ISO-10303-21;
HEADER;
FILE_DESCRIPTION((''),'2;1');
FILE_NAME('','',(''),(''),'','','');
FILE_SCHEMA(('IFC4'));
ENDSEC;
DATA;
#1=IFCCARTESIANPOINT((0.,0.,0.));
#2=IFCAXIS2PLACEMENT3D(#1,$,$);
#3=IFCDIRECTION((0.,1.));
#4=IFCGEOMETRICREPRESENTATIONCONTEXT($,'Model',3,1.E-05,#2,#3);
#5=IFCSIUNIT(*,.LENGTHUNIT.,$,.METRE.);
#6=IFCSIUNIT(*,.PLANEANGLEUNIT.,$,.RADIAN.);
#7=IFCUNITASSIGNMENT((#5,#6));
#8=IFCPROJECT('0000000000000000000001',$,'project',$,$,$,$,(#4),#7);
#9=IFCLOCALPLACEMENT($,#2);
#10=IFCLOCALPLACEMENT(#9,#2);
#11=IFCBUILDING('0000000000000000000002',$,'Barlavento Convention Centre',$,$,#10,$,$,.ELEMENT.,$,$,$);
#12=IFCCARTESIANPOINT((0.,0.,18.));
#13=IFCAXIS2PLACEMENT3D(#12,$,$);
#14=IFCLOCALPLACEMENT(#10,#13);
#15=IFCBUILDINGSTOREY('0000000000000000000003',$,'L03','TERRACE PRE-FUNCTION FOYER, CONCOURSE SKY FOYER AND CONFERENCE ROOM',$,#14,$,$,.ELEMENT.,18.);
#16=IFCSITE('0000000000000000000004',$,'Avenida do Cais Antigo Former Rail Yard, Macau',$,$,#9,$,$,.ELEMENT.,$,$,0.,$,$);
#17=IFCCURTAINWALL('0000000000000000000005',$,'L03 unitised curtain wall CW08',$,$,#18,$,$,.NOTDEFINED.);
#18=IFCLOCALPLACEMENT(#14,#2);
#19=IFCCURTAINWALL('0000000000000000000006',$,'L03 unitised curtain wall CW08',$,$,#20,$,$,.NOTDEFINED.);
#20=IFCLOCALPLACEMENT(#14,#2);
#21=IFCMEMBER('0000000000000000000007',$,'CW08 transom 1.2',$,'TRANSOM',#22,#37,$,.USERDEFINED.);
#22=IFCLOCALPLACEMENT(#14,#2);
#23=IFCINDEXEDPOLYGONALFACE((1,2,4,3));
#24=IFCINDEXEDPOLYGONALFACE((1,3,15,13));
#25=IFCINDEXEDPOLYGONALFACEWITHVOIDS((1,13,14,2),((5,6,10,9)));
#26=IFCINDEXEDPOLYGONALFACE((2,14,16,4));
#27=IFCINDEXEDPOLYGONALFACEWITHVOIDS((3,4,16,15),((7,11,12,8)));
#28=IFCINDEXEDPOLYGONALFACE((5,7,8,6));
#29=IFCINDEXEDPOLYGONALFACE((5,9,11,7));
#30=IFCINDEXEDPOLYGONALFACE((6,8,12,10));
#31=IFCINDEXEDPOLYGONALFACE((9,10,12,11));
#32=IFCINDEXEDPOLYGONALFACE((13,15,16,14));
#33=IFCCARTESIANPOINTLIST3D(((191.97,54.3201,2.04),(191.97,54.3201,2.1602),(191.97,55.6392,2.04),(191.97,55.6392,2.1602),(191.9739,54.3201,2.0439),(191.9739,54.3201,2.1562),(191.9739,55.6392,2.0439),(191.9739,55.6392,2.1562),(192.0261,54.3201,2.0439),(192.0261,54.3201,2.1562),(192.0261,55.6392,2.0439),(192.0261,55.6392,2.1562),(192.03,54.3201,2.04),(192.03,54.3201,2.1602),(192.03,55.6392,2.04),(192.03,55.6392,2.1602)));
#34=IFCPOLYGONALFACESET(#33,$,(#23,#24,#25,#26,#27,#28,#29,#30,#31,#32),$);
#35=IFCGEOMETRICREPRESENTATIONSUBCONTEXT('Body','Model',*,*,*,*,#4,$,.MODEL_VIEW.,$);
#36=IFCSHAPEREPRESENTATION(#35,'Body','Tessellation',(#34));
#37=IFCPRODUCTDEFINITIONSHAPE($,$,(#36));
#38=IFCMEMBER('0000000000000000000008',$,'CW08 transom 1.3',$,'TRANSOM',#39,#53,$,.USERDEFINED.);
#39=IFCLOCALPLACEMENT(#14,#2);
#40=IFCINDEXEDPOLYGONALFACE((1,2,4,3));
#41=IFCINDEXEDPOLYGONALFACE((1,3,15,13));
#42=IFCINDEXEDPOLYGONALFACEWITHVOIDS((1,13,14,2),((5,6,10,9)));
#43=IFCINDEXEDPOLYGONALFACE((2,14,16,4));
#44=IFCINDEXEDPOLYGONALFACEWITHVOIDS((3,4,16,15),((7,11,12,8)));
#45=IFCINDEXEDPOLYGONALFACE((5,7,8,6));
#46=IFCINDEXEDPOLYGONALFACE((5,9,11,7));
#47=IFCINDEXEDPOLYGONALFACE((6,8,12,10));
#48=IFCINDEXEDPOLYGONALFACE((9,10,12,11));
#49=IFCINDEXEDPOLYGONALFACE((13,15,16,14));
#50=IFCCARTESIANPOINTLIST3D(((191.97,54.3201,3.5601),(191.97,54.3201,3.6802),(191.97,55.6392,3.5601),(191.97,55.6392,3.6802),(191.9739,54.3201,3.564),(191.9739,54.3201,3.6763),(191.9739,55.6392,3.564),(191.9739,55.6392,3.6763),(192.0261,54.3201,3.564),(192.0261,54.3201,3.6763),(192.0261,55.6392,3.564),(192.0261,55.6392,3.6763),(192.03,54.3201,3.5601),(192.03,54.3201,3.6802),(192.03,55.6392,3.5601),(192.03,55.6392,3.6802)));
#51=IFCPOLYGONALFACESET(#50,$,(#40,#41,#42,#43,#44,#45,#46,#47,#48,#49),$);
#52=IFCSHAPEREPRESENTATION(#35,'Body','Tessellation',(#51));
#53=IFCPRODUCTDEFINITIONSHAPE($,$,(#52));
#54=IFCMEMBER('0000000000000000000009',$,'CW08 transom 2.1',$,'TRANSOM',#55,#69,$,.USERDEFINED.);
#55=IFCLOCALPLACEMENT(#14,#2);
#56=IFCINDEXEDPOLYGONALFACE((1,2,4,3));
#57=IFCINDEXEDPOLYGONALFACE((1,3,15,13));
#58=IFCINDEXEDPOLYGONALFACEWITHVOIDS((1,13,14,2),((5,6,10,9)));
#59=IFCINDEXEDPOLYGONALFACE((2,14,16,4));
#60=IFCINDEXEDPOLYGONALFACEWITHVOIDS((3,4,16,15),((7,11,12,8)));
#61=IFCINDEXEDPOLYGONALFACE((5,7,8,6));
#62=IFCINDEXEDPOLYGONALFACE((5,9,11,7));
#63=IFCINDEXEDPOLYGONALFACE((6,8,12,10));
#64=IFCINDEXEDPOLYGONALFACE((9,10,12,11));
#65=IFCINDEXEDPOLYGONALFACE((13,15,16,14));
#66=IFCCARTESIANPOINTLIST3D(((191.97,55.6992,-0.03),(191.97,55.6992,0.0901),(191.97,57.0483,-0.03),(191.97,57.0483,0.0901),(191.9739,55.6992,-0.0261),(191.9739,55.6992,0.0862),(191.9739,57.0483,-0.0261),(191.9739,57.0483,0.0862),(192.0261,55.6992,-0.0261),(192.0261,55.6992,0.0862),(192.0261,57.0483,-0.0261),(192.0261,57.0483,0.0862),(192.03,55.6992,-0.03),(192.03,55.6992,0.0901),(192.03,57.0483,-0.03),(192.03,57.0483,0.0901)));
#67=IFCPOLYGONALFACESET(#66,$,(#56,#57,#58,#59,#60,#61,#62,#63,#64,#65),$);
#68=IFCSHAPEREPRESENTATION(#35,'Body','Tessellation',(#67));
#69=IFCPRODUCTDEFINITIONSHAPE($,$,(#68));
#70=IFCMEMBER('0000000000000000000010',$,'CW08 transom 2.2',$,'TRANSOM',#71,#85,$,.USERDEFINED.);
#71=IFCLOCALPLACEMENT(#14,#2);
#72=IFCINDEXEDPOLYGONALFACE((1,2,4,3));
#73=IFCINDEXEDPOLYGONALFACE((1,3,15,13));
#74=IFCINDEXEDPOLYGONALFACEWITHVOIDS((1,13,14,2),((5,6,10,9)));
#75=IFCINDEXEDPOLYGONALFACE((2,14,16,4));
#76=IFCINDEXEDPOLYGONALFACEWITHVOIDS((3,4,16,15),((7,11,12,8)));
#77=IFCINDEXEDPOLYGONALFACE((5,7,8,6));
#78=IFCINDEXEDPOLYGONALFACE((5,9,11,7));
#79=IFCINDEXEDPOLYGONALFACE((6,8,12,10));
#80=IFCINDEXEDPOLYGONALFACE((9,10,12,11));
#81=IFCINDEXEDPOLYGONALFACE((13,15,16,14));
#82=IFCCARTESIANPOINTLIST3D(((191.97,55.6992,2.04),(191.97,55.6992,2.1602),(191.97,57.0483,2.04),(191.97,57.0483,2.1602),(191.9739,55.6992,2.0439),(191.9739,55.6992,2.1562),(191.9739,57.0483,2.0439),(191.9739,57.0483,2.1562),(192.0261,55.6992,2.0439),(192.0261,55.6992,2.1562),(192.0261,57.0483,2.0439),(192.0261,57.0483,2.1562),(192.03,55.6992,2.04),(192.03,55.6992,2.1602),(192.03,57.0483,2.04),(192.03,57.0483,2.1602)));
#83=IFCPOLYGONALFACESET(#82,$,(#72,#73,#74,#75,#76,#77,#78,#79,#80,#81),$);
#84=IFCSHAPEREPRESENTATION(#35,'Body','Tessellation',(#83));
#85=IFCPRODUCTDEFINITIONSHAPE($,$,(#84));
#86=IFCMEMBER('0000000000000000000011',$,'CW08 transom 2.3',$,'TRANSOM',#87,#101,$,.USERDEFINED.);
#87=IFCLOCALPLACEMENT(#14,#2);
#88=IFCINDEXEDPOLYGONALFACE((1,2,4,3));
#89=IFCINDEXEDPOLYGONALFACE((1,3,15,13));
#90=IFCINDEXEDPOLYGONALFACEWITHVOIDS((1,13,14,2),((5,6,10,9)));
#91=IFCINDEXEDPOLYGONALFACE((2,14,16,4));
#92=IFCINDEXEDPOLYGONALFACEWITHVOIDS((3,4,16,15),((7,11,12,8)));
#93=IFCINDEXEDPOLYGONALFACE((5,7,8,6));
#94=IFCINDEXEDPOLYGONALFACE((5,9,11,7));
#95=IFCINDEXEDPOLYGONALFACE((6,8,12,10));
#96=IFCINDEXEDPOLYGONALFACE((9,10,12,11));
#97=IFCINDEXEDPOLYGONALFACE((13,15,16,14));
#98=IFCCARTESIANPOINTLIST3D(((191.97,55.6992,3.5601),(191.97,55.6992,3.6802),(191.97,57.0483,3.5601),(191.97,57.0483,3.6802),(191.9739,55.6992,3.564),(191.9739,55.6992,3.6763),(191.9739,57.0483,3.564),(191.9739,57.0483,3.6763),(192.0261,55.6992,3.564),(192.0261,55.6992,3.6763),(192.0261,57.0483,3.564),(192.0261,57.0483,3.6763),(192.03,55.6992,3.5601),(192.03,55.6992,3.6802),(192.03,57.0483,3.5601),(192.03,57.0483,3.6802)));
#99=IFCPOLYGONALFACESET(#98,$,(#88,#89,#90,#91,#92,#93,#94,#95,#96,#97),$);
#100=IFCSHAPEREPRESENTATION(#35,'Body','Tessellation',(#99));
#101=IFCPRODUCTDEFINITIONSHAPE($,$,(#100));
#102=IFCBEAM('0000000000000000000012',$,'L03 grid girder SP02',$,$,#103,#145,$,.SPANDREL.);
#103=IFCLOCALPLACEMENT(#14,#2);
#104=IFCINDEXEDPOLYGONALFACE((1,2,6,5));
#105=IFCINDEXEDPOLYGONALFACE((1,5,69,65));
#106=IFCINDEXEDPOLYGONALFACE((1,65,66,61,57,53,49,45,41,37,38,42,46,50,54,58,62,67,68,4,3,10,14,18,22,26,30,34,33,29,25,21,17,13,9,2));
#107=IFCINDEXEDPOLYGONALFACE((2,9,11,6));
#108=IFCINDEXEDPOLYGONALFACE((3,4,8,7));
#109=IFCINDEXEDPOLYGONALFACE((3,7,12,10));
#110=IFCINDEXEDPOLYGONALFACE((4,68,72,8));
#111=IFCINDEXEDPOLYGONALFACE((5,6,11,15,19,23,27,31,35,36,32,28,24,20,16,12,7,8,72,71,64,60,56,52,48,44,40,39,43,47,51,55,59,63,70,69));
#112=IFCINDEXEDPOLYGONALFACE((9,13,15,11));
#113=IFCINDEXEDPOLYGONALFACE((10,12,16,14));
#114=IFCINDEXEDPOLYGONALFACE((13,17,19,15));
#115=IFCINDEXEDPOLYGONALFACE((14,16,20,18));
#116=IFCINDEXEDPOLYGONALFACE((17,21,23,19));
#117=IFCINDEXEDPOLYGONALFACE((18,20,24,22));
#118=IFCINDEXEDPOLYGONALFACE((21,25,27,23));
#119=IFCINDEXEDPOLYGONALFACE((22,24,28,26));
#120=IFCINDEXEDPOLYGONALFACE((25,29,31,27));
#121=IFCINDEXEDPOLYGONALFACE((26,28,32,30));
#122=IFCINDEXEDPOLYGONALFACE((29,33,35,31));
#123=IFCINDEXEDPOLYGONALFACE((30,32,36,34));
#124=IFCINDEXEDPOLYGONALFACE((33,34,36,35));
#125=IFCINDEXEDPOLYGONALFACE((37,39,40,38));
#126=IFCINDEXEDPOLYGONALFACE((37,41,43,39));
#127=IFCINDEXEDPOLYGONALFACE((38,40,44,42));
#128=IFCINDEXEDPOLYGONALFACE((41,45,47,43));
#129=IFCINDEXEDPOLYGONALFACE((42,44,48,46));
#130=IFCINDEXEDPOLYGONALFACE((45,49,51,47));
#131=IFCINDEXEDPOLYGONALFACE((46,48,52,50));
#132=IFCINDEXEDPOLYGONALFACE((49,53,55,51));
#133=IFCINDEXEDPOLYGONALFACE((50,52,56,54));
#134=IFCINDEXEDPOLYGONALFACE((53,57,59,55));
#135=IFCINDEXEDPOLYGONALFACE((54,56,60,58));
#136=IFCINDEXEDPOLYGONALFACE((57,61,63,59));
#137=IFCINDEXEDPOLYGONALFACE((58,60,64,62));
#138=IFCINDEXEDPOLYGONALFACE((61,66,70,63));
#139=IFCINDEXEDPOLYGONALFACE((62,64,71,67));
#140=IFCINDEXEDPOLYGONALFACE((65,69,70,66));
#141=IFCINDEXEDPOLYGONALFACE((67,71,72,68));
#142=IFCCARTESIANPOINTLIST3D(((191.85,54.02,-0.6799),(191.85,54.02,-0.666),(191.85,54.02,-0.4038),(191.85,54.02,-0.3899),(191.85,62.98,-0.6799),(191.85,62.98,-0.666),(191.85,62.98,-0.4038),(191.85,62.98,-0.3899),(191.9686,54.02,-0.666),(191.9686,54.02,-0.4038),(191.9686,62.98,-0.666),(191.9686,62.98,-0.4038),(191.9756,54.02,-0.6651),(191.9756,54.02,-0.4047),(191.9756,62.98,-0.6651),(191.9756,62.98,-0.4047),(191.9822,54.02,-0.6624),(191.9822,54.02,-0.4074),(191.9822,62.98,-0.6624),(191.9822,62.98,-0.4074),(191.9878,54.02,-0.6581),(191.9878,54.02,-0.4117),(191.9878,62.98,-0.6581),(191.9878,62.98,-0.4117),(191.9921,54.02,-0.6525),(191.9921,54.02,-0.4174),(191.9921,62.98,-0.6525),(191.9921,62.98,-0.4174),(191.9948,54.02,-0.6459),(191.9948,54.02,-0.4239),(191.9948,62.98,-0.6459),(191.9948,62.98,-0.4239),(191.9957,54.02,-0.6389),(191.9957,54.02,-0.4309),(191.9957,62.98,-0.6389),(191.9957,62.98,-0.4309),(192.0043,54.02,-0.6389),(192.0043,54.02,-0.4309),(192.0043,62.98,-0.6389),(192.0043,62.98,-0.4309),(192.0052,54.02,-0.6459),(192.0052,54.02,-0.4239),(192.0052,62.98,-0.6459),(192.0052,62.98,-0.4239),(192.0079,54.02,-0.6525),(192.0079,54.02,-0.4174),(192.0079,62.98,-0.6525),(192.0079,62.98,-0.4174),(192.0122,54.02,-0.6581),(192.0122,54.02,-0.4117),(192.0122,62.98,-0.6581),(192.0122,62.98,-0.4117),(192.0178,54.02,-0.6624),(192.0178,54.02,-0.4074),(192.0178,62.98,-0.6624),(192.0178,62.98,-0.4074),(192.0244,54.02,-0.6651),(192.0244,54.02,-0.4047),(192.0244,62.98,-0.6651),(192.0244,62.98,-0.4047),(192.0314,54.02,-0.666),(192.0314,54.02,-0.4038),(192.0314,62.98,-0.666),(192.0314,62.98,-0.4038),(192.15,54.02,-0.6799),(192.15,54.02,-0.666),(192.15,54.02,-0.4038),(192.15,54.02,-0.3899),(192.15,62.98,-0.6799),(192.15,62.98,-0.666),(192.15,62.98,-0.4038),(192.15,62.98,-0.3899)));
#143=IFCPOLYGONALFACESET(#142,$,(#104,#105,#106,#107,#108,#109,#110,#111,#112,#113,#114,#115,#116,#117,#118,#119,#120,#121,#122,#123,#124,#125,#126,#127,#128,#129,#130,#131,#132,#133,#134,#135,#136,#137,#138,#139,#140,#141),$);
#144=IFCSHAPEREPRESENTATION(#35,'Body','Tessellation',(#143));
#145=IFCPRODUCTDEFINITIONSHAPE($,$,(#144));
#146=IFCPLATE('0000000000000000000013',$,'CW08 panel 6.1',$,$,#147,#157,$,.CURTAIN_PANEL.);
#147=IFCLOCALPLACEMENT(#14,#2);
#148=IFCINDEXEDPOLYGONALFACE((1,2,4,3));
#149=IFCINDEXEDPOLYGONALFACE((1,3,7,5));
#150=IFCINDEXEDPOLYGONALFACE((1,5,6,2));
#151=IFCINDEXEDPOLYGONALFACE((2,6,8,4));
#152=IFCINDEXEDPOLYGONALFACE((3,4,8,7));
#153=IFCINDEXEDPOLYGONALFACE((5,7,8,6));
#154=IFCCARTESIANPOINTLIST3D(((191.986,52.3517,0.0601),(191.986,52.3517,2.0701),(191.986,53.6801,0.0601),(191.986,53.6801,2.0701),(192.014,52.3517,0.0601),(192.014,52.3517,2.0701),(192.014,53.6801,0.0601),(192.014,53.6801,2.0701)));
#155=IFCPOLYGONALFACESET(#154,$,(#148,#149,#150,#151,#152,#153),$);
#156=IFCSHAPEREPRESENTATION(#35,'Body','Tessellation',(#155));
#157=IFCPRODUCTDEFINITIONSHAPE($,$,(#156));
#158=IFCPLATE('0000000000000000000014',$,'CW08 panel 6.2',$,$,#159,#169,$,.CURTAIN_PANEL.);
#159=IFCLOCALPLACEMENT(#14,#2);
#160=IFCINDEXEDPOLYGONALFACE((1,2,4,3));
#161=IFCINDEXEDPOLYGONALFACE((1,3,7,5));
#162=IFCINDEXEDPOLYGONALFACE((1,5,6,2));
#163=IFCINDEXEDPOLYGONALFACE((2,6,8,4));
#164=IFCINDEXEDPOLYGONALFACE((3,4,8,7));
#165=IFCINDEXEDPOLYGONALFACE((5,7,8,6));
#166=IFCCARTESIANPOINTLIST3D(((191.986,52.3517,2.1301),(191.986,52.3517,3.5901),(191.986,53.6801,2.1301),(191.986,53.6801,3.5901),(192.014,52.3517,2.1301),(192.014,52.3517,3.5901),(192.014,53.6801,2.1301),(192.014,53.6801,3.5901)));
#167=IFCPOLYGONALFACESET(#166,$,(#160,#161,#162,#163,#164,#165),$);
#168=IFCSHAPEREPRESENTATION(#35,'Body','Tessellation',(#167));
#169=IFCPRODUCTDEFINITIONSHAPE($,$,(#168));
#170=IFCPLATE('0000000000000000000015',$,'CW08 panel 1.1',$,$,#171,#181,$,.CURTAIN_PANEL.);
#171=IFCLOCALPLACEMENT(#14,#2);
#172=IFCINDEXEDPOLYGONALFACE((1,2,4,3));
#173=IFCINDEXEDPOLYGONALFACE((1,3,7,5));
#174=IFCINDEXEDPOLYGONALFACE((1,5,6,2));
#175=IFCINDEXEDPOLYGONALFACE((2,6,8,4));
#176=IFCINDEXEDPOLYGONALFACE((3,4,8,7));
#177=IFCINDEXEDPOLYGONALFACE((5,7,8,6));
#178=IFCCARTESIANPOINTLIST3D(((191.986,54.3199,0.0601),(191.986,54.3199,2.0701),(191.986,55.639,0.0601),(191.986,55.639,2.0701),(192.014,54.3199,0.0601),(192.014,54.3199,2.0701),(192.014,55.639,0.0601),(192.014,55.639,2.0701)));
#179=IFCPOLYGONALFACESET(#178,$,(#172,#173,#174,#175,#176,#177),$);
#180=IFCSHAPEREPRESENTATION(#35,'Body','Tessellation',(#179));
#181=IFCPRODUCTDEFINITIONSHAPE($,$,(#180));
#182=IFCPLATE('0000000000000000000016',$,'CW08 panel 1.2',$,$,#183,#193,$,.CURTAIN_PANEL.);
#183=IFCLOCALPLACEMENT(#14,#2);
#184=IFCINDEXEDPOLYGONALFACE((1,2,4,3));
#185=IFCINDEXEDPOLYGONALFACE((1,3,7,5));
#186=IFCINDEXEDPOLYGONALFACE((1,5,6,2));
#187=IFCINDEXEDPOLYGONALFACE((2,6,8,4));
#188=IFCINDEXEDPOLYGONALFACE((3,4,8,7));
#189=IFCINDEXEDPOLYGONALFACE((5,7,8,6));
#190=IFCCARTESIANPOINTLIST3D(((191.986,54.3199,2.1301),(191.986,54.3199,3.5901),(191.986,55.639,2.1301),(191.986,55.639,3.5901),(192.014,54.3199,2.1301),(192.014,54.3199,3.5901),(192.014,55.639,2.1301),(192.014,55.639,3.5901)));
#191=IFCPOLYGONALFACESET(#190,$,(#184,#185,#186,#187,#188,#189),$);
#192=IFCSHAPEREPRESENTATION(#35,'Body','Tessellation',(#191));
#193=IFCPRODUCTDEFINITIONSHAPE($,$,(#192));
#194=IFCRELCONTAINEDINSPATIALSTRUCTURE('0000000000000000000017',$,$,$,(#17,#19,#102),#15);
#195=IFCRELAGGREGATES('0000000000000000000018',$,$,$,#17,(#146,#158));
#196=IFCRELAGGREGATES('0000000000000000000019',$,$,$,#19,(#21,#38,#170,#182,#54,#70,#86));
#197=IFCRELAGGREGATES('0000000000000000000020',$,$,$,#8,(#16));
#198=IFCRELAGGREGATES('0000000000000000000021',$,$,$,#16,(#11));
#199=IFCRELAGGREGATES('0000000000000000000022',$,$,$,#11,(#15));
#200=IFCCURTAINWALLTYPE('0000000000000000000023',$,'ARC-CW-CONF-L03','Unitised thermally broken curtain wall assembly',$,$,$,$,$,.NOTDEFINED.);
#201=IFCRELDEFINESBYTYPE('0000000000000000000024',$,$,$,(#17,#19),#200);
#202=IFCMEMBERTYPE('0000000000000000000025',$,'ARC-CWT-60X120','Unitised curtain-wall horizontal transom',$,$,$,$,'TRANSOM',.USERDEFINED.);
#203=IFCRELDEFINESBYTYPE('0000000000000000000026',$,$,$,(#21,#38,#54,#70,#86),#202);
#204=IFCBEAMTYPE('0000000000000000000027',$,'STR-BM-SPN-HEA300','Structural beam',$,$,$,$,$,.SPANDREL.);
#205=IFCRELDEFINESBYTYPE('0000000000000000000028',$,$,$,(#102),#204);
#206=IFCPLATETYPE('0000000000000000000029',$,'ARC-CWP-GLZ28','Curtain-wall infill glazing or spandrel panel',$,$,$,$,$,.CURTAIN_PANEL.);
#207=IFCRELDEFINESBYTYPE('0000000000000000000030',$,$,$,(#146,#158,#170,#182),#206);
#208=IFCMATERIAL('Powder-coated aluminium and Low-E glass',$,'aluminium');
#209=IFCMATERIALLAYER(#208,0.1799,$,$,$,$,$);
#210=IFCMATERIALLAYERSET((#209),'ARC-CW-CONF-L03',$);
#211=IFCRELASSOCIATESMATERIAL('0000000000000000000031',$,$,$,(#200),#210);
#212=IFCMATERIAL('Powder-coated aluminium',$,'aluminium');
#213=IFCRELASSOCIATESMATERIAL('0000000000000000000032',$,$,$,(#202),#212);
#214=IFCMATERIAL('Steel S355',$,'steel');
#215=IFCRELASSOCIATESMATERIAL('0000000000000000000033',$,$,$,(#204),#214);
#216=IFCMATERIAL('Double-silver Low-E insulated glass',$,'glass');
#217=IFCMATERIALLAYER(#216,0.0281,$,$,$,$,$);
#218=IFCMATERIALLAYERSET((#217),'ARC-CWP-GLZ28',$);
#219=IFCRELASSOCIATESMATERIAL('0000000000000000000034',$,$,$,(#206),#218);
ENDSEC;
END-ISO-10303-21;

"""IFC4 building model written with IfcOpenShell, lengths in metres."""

from ifc_helpers import new_model, si_unit, direction, frame, origin, origin_2d, place, context, subcontext, project, spatial, rectangle, hollow_rectangle, i_section, extrude, material, layer, layer_set, material_profile, profile_set, type_object, element, aggregate, save


model = new_model("IFC4")

# Units and contexts
model_context = context("Model", 3, precision=1e-05, world=origin(), true_north=direction((0.0, 1.0)))
body_context = subcontext(model_context, "Body", "Model", "MODEL_VIEW")
ifc_project = project(units=[si_unit("LENGTHUNIT", "METRE"), si_unit("PLANEANGLEUNIT", "RADIAN")], contexts=[model_context])

# Site, building, storey
site_placement = place(None, origin())
site = spatial("IfcSite", under=ifc_project, at=site_placement, Name="Avenida do Cais Antigo Former Rail Yard, Macau", CompositionType="ELEMENT", RefElevation=0.0)
building_placement = place(site_placement, origin())
building = spatial("IfcBuilding", under=site, at=building_placement, Name="Barlavento Convention Centre", CompositionType="ELEMENT")
storey_placement = place(building_placement, frame((0.0, 0.0, 18.0)))
storey = spatial("IfcBuildingStorey", under=building, at=storey_placement, Name="L03", Description="TERRACE PRE-FUNCTION FOYER, CONCOURSE SKY FOYER AND CONFERENCE ROOM", CompositionType="ELEMENT", Elevation=18.0)

# Shared definitions
ifc_material_1 = material(Name="Steel S355", Category="steel")

# Curtain walls
ifc_material_2 = material(Name="Powder-coated aluminium and Low-E glass", Category="aluminium")
ifc_layer_1 = layer(ifc_material_2, 0.1799)
ifc_layer_set_1 = layer_set([ifc_layer_1], Name="ARC-CW-CONF-L03")
curtain_wall_type = type_object("IfcCurtainWallType", Name="ARC-CW-CONF-L03", Description="Unitised thermally broken curtain wall assembly", PredefinedType="NOTDEFINED", material=ifc_layer_set_1)
curtain_wall_1_placement = place(storey_placement, origin())
curtain_wall_1 = element("IfcCurtainWall", 1, at=curtain_wall_1_placement, inside=storey, type_object=curtain_wall_type, Name="L03 unitised curtain wall CW08", PredefinedType="NOTDEFINED")
ifc_material_3 = material(Name="Powder-coated aluminium", Category="aluminium")
curtain_wall_2_placement = place(storey_placement, origin())
curtain_wall_2 = element("IfcCurtainWall", 2, at=curtain_wall_2_placement, inside=storey, type_object=curtain_wall_type, Name="L03 unitised curtain wall CW08", PredefinedType="NOTDEFINED")

# Members
ifc_material_profile_1 = material_profile(ifc_material_3, hollow_rectangle(XDim=0.0601, YDim=0.1201, WallThickness=0.0039, at=origin_2d()), Name="AL-TRAN 60x120x4")
ifc_profile_set_1 = profile_set([ifc_material_profile_1], Name="Powder-coated aluminium")
member_type_1 = type_object("IfcMemberType", Name="ARC-CWT-60X120", Description="Unitised curtain-wall horizontal transom", ElementType="TRANSOM", PredefinedType="USERDEFINED", material=ifc_profile_set_1)
member_1_placement = place(storey_placement, frame((192.0, 54.3201, 2.1001), z_axis=(0.0, 1.0, 0.0), x_axis=(-1.0, 0.0, 0.0)))
member_1 = element("IfcMember", 3, at=member_1_placement, type_object=member_type_1, Name="CW08 transom 1.2", ObjectType="TRANSOM", PredefinedType="USERDEFINED", context=body_context, shape_type="SweptSolid", body=[
    extrude(hollow_rectangle(XDim=0.0601, YDim=0.1201, WallThickness=0.0039, at=origin_2d()), origin(), (0.0, 0.0, 1.0), 1.3191),
])
member_2_placement = place(storey_placement, frame((192.0, 54.3201, 3.6201), z_axis=(0.0, 1.0, 0.0), x_axis=(-1.0, 0.0, 0.0)))
member_2 = element("IfcMember", 4, at=member_2_placement, type_object=member_type_1, Name="CW08 transom 1.3", ObjectType="TRANSOM", PredefinedType="USERDEFINED", context=body_context, shape_type="SweptSolid", body=[
    extrude(hollow_rectangle(XDim=0.0601, YDim=0.1201, WallThickness=0.0039, at=origin_2d()), origin(), (0.0, 0.0, 1.0), 1.3191),
])
member_3_placement = place(storey_placement, frame((192.0, 55.6992, 0.03), z_axis=(0.0, 1.0, 0.0), x_axis=(-1.0, 0.0, 0.0)))
member_3 = element("IfcMember", 5, at=member_3_placement, type_object=member_type_1, Name="CW08 transom 2.1", ObjectType="TRANSOM", PredefinedType="USERDEFINED", context=body_context, shape_type="SweptSolid", body=[
    extrude(hollow_rectangle(XDim=0.0601, YDim=0.1201, WallThickness=0.0039, at=origin_2d()), origin(), (0.0, 0.0, 1.0), 1.3491),
])
member_4_placement = place(storey_placement, frame((192.0, 55.6992, 2.1001), z_axis=(0.0, 1.0, 0.0), x_axis=(-1.0, 0.0, 0.0)))
member_4 = element("IfcMember", 6, at=member_4_placement, type_object=member_type_1, Name="CW08 transom 2.2", ObjectType="TRANSOM", PredefinedType="USERDEFINED", context=body_context, shape_type="SweptSolid", body=[
    extrude(hollow_rectangle(XDim=0.0601, YDim=0.1201, WallThickness=0.0039, at=origin_2d()), origin(), (0.0, 0.0, 1.0), 1.3491),
])
member_5_placement = place(storey_placement, frame((192.0, 55.6992, 3.6201), z_axis=(0.0, 1.0, 0.0), x_axis=(-1.0, 0.0, 0.0)))
member_5 = element("IfcMember", 7, at=member_5_placement, type_object=member_type_1, Name="CW08 transom 2.3", ObjectType="TRANSOM", PredefinedType="USERDEFINED", context=body_context, shape_type="SweptSolid", body=[
    extrude(hollow_rectangle(XDim=0.0601, YDim=0.1201, WallThickness=0.0039, at=origin_2d()), origin(), (0.0, 0.0, 1.0), 1.3491),
])

# Beam
ifc_material_profile_2 = material_profile(ifc_material_1, i_section(OverallWidth=0.3, OverallDepth=0.29, WebThickness=0.0085, FlangeThickness=0.0139, FilletRadius=0.0271, at=origin_2d()), Name="HEA 300")
ifc_profile_set_2 = profile_set([ifc_material_profile_2], Name="Steel S355")
beam_type = type_object("IfcBeamType", Name="STR-BM-SPN-HEA300", Description="Structural beam", PredefinedType="SPANDREL", material=ifc_profile_set_2)
beam_placement = place(storey_placement, frame((192.0, 54.02, -0.5349), z_axis=(0.0, 1.0, 0.0), x_axis=(-1.0, 0.0, 0.0)))
element("IfcBeam", 8, at=beam_placement, inside=storey, type_object=beam_type, Name="L03 grid girder SP02", PredefinedType="SPANDREL", context=body_context, shape_type="SweptSolid", body=[
    extrude(i_section(OverallWidth=0.3, OverallDepth=0.29, WebThickness=0.0085, FlangeThickness=0.0139, FilletRadius=0.0271, at=origin_2d()), origin(), (0.0, 0.0, 1.0), 8.96),
])

# Plates
ifc_material_4 = material(Name="Double-silver Low-E insulated glass", Category="glass")
ifc_layer_2 = layer(ifc_material_4, 0.0281)
ifc_layer_set_2 = layer_set([ifc_layer_2], Name="ARC-CWP-GLZ28")
plate_type = type_object("IfcPlateType", Name="ARC-CWP-GLZ28", Description="Curtain-wall infill glazing or spandrel panel", PredefinedType="CURTAIN_PANEL", material=ifc_layer_set_2)
plate_1_placement = place(storey_placement, frame((192.0, 53.0159, 0.0601), z_axis=(0.0, 0.0, 1.0), x_axis=(0.0, 1.0, 0.0)))
plate_1 = element("IfcPlate", 9, at=plate_1_placement, type_object=plate_type, Name="CW08 panel 6.1", PredefinedType="CURTAIN_PANEL", context=body_context, shape_type="SweptSolid", body=[
    extrude(rectangle(XDim=1.3284, YDim=0.0281, at=origin_2d()), origin(), (0.0, 0.0, 1.0), 2.01),
])
plate_2_placement = place(storey_placement, frame((192.0, 53.0159, 2.1301), z_axis=(0.0, 0.0, 1.0), x_axis=(0.0, 1.0, 0.0)))
plate_2 = element("IfcPlate", 10, at=plate_2_placement, type_object=plate_type, Name="CW08 panel 6.2", PredefinedType="CURTAIN_PANEL", context=body_context, shape_type="SweptSolid", body=[
    extrude(rectangle(XDim=1.3284, YDim=0.0281, at=origin_2d()), origin(), (0.0, 0.0, 1.0), 1.46),
])
aggregate(curtain_wall_1, [plate_1, plate_2])
plate_3_placement = place(storey_placement, frame((192.0, 54.9795, 0.0601), z_axis=(0.0, 0.0, 1.0), x_axis=(0.0, 1.0, 0.0)))
plate_3 = element("IfcPlate", 11, at=plate_3_placement, type_object=plate_type, Name="CW08 panel 1.1", PredefinedType="CURTAIN_PANEL", context=body_context, shape_type="SweptSolid", body=[
    extrude(rectangle(XDim=1.3191, YDim=0.0281, at=origin_2d()), origin(), (0.0, 0.0, 1.0), 2.01),
])
plate_4_placement = place(storey_placement, frame((192.0, 54.9795, 2.1301), z_axis=(0.0, 0.0, 1.0), x_axis=(0.0, 1.0, 0.0)))
plate_4 = element("IfcPlate", 12, at=plate_4_placement, type_object=plate_type, Name="CW08 panel 1.2", PredefinedType="CURTAIN_PANEL", context=body_context, shape_type="SweptSolid", body=[
    extrude(rectangle(XDim=1.3191, YDim=0.0281, at=origin_2d()), origin(), (0.0, 0.0, 1.0), 1.46),
])
aggregate(curtain_wall_2, [member_1, member_2, plate_3, plate_4, member_3, member_4, member_5])

save(model, "model.ifc")
